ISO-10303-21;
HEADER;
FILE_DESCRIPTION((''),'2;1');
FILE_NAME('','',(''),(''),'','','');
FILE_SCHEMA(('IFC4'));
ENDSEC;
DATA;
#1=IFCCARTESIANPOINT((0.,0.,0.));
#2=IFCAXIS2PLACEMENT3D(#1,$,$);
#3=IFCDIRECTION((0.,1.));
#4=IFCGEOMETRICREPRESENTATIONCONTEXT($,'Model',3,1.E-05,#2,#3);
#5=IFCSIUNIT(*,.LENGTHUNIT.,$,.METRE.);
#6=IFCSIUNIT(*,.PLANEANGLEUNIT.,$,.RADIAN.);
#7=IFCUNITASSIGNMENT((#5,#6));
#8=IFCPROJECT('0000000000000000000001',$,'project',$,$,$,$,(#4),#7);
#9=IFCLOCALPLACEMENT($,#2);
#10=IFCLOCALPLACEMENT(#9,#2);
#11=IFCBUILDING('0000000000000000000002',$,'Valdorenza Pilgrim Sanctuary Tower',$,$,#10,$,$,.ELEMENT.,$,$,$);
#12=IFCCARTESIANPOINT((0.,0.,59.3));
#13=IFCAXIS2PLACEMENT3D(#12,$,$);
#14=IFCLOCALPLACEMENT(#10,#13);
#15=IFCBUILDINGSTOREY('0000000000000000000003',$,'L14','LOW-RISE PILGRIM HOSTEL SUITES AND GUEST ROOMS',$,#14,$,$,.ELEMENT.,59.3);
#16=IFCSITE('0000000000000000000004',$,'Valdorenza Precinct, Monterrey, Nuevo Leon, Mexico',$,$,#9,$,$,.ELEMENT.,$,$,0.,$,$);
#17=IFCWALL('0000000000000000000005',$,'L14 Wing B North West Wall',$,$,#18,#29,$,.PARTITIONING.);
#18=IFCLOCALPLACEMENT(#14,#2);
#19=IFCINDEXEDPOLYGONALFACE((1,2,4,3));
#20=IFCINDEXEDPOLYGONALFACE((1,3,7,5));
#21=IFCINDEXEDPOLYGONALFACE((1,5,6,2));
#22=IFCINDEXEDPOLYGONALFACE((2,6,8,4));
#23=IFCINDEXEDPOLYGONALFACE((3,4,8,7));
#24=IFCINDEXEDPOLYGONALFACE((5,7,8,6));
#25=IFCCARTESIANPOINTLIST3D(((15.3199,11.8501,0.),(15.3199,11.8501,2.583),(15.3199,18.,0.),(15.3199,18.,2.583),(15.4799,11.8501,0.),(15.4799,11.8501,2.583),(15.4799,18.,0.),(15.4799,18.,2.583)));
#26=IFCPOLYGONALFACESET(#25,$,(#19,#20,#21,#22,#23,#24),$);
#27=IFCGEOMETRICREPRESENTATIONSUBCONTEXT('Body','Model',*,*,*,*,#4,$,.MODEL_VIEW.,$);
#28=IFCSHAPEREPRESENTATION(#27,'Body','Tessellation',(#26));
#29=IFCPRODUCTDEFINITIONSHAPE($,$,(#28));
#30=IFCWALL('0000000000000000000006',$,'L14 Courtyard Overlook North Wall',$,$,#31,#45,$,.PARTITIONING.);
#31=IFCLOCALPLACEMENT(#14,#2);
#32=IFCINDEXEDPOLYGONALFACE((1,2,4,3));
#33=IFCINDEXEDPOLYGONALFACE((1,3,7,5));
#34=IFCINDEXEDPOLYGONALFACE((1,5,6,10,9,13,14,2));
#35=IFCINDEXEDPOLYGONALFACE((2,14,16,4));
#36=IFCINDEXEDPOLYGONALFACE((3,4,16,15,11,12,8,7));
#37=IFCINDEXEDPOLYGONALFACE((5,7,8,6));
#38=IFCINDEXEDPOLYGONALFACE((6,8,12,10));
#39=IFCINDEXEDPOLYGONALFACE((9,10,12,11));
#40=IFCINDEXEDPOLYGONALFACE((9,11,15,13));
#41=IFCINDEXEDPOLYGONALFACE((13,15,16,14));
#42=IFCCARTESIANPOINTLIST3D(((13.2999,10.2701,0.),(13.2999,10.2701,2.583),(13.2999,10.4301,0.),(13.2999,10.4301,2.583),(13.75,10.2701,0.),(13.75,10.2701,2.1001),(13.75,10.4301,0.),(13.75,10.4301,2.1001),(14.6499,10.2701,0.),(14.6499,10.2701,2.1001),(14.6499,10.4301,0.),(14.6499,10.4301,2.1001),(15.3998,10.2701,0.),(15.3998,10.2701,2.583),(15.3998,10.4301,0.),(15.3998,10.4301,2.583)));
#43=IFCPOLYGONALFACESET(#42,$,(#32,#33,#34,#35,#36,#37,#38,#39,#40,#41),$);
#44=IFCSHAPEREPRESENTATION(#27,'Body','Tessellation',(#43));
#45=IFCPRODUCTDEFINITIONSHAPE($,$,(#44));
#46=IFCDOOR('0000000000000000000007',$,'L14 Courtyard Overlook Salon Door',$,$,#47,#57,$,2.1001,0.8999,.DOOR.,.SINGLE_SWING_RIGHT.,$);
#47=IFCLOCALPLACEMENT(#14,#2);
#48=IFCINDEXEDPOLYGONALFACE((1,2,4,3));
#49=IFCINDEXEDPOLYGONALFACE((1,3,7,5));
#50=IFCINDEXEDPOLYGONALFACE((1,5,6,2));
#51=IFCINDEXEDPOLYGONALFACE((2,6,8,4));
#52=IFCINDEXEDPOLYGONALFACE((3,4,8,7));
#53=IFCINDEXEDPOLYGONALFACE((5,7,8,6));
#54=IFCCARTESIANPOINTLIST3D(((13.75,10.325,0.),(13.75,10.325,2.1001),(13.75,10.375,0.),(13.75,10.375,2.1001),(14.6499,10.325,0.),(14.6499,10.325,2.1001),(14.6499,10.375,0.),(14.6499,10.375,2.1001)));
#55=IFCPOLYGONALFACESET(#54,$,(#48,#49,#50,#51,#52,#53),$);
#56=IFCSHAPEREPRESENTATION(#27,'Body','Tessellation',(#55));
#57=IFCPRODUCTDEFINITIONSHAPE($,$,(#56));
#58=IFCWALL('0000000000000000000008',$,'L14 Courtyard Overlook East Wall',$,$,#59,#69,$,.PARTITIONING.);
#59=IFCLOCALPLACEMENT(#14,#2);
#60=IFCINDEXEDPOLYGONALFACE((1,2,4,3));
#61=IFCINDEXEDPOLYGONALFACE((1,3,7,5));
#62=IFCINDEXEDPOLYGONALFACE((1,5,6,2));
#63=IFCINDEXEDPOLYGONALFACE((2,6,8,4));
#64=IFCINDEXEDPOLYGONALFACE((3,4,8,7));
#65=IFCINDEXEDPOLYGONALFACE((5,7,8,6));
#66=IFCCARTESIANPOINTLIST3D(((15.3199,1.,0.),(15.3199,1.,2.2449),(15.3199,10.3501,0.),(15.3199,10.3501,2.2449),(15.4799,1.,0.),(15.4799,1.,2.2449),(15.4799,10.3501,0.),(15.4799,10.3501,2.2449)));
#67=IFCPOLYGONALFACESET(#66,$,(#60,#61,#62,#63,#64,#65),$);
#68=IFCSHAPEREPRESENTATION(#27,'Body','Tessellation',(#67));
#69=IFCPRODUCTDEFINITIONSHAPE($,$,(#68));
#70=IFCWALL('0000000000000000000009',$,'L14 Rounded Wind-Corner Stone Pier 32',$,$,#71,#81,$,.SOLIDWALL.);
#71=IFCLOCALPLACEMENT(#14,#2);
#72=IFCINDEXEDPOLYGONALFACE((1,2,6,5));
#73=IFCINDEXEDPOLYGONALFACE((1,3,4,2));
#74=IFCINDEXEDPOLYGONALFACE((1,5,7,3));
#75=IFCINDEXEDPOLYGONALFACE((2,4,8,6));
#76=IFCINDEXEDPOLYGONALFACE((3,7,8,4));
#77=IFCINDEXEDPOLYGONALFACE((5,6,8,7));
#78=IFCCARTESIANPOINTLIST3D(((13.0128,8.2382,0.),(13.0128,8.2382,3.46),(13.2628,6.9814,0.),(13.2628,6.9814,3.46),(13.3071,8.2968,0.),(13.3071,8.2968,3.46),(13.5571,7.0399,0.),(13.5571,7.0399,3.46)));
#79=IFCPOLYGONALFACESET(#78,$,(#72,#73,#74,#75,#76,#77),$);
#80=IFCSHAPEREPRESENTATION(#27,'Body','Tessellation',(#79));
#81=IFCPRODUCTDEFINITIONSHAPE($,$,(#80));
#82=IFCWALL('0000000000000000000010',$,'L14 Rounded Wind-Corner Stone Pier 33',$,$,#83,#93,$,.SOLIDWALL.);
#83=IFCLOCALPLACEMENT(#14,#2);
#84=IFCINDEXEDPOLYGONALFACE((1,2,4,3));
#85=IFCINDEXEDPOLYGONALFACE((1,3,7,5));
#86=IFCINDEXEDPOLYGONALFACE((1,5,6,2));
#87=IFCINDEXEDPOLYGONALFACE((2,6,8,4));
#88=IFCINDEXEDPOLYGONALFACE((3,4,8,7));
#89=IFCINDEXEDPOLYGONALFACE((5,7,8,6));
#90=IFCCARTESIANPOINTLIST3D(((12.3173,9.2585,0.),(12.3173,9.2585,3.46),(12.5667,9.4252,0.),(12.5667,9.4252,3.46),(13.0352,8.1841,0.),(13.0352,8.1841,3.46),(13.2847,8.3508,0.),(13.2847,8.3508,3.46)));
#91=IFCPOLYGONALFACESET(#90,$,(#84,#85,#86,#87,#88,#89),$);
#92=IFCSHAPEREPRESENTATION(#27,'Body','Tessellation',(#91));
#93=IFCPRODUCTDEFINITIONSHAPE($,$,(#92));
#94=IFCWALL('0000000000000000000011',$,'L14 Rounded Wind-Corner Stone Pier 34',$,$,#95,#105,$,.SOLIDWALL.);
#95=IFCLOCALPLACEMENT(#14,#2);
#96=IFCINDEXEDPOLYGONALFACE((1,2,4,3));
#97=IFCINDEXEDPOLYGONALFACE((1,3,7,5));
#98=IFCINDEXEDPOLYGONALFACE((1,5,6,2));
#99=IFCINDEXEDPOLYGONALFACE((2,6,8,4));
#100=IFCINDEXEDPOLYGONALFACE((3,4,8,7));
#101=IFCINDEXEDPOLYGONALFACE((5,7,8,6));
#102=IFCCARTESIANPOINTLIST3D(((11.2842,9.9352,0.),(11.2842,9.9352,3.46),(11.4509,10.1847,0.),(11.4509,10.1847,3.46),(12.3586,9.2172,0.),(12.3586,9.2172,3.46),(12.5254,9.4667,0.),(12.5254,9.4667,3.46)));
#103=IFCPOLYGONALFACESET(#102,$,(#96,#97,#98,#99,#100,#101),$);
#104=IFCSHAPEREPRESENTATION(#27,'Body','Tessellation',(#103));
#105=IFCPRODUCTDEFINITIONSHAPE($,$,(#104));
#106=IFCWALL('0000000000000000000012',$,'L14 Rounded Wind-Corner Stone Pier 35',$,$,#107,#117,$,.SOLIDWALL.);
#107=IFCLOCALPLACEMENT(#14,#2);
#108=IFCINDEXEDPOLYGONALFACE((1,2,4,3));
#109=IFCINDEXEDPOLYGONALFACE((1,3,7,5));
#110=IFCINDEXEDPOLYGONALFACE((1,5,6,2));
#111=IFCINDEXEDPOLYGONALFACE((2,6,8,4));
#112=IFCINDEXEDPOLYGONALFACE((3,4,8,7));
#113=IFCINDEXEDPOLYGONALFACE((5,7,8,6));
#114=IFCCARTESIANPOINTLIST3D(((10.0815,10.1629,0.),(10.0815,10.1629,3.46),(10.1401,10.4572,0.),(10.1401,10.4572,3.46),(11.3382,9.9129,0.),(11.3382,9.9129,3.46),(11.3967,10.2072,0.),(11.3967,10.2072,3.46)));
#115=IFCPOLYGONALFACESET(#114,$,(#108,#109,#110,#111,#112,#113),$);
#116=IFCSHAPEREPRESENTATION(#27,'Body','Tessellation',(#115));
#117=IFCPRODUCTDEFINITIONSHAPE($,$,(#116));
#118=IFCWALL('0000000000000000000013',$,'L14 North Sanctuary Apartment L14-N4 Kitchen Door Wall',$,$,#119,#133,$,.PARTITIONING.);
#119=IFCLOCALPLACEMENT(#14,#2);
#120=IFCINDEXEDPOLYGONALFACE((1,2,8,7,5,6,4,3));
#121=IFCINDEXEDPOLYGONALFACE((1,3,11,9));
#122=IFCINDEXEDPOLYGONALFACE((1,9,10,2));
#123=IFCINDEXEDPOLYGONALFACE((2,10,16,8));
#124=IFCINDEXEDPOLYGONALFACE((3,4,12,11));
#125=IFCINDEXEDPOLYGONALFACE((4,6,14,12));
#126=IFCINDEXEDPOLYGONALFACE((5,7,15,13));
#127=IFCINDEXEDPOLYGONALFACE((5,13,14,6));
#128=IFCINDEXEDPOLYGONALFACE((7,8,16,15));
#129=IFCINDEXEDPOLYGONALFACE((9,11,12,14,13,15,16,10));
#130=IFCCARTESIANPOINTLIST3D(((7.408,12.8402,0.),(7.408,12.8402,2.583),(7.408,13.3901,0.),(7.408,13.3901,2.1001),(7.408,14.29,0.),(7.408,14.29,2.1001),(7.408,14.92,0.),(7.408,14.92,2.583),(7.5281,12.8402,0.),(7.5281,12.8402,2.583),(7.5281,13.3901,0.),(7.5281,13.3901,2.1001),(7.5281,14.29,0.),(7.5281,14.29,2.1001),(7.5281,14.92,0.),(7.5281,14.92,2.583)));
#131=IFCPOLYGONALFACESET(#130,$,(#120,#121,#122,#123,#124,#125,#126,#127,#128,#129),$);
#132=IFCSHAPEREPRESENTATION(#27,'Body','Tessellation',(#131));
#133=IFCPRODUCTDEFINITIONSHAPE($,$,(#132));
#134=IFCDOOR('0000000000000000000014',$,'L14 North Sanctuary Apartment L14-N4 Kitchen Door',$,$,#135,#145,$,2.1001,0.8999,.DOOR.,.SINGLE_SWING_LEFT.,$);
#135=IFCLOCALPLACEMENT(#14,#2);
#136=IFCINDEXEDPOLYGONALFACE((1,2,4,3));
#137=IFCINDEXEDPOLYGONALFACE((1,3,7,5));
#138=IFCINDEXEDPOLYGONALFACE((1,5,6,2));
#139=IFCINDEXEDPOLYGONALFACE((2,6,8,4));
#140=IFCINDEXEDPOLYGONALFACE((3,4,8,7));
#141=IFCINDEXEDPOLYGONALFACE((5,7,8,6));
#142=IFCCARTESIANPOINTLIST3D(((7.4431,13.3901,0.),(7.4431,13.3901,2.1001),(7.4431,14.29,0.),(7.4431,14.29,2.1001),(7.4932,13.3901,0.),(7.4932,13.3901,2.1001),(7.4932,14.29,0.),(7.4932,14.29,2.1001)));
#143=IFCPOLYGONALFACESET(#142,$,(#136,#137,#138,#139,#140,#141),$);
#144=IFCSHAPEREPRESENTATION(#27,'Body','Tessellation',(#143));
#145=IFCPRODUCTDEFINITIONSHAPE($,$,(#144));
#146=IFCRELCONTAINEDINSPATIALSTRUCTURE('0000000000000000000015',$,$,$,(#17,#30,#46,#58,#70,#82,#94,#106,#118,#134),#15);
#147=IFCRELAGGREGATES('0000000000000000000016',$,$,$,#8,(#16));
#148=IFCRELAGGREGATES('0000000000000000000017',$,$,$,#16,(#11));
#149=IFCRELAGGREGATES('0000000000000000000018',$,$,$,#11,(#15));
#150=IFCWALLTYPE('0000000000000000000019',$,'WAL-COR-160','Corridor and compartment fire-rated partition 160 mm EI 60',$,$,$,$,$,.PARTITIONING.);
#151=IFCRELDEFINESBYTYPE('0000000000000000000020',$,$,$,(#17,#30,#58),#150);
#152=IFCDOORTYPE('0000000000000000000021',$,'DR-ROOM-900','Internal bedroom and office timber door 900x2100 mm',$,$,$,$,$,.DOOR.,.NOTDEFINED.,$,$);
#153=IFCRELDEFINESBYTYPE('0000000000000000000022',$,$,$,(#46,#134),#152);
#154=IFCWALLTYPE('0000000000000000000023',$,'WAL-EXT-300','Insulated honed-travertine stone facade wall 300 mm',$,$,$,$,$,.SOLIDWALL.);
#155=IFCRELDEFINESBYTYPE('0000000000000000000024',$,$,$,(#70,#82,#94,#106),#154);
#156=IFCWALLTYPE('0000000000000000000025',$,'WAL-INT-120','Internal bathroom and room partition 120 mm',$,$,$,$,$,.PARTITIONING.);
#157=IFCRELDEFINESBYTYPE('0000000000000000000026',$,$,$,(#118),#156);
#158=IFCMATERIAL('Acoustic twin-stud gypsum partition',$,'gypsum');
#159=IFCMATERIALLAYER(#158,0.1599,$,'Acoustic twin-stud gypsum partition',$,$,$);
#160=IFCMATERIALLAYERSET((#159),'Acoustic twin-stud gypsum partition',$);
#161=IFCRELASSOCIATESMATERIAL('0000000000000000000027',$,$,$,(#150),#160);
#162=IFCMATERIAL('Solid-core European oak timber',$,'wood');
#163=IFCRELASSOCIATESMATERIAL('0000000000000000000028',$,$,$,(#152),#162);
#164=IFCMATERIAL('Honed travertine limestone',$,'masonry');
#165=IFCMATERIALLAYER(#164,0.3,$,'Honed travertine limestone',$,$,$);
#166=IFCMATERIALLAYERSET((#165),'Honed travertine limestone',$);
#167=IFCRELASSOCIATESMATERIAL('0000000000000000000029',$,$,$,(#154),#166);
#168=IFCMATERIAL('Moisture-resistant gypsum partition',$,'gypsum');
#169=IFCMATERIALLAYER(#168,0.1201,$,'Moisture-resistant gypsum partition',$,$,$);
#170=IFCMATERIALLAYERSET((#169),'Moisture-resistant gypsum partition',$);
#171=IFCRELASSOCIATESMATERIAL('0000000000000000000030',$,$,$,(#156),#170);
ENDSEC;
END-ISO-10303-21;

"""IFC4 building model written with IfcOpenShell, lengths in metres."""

from ifc_helpers import new_model, si_unit, direction, frame, frame_2d, origin, place, context, subcontext, project, spatial, rectangle, extrude, material, layer, layer_set, type_object, element, fill, save


model = new_model("IFC4")

# Units and contexts
model_context = context("Model", 3, precision=1e-05, world=origin(), true_north=direction((0.0, 1.0)))
body_context = subcontext(model_context, "Body", "Model", "MODEL_VIEW")
ifc_project = project(units=[si_unit("LENGTHUNIT", "METRE"), si_unit("PLANEANGLEUNIT", "RADIAN")], contexts=[model_context])

# Site, building, storey
site_placement = place(None, origin())
site = spatial("IfcSite", under=ifc_project, at=site_placement, Name="Valdorenza Precinct, Monterrey, Nuevo Leon, Mexico", CompositionType="ELEMENT", RefElevation=0.0)
building_placement = place(site_placement, origin())
building = spatial("IfcBuilding", under=site, at=building_placement, Name="Valdorenza Pilgrim Sanctuary Tower", CompositionType="ELEMENT")
storey_placement = place(building_placement, frame((0.0, 0.0, 59.3)))
storey = spatial("IfcBuildingStorey", under=building, at=storey_placement, Name="L14", Description="LOW-RISE PILGRIM HOSTEL SUITES AND GUEST ROOMS", CompositionType="ELEMENT", Elevation=59.3)

# Shared definitions
ifc_material_1 = material(Name="Honed travertine limestone", Category="masonry")

# Shared definitions
ifc_material_2 = material(Name="Acoustic twin-stud gypsum partition", Category="gypsum")
ifc_layer_1 = layer(ifc_material_2, 0.1599, Name="Acoustic twin-stud gypsum partition")
ifc_layer_set_1 = layer_set([ifc_layer_1], Name="Acoustic twin-stud gypsum partition")
wall_type_1 = type_object("IfcWallType", Name="WAL-COR-160", Description="Corridor and compartment fire-rated partition 160 mm EI 60", PredefinedType="PARTITIONING", material=ifc_layer_set_1)
ifc_material_3 = material(Name="Solid-core European oak timber", Category="wood")
door_type = type_object("IfcDoorType", Name="DR-ROOM-900", Description="Internal bedroom and office timber door 900x2100 mm", OperationType="NOTDEFINED", PredefinedType="DOOR", material=ifc_material_3)

# Wall
wall_1_placement = place(storey_placement, frame((15.3999, 11.8501, 0.0), z_axis=(0.0, 0.0, 1.0), x_axis=(0.0, 1.0, 0.0)))
element("IfcWall", 1, at=wall_1_placement, inside=storey, type_object=wall_type_1, Name="L14 Wing B North West Wall", PredefinedType="PARTITIONING", context=body_context, shape_type="SweptSolid", body=[
    extrude(rectangle(XDim=6.1499, YDim=0.1599, at=frame_2d((3.075, 0.0))), origin(), (0.0, 0.0, 1.0), 2.583),
])

# Wall, opening, door
wall_2_placement = place(storey_placement, frame((13.3, 10.3501, 0.0), z_axis=(0.0, 0.0, 1.0), x_axis=(1.0, 0.0, 0.0)))
wall_2 = element("IfcWall", 2, at=wall_2_placement, inside=storey, type_object=wall_type_1, Name="L14 Courtyard Overlook North Wall", PredefinedType="PARTITIONING", context=body_context, shape_type="SweptSolid", body=[
    extrude(rectangle(XDim=2.0999, YDim=0.1599, at=frame_2d((1.0498, 0.0))), origin(), (0.0, 0.0, 1.0), 2.583),
])
opening_1_placement = place(wall_2_placement, frame((0.45, 0.0, 0.0)))
opening_1 = element("IfcOpeningElement", 3, at=opening_1_placement, cuts=wall_2, PredefinedType="OPENING", context=body_context, shape_type="SweptSolid", body=[
    extrude(rectangle(XDim=0.8999, YDim=2.1001, at=frame_2d((0.45, 1.05))), frame((0.0, 0.0947, 0.0), z_axis=(0.0, -1.0, 0.0), x_axis=(1.0, 0.0, 0.0)), (0.0, 0.0, 1.0), 0.1897),
])
door_1_placement = place(opening_1_placement, origin())
door_1 = element("IfcDoor", 4, at=door_1_placement, inside=storey, type_object=door_type, Name="L14 Courtyard Overlook Salon Door", OperationType="SINGLE_SWING_RIGHT", OverallHeight=2.1001, OverallWidth=0.8999, PredefinedType="DOOR", context=body_context, shape_type="SweptSolid", body=[
    extrude(rectangle(XDim=0.8999, YDim=2.1001, at=frame_2d((0.45, 1.05))), frame((0.0, 0.0249, 0.0), z_axis=(0.0, -1.0, 0.0), x_axis=(1.0, 0.0, 0.0)), (0.0, 0.0, 1.0), 0.05),
])
fill(opening_1, door_1)

# Walls
wall_3_placement = place(storey_placement, frame((15.3999, 1.0, 0.0), z_axis=(0.0, 0.0, 1.0), x_axis=(0.0, 1.0, 0.0)))
element("IfcWall", 5, at=wall_3_placement, inside=storey, type_object=wall_type_1, Name="L14 Courtyard Overlook East Wall", PredefinedType="PARTITIONING", context=body_context, shape_type="SweptSolid", body=[
    extrude(rectangle(XDim=9.3501, YDim=0.1599, at=frame_2d((4.675, 0.0))), origin(), (0.0, 0.0, 1.0), 2.2449),
])
ifc_layer_2 = layer(ifc_material_1, 0.3, Name="Honed travertine limestone")
ifc_layer_set_2 = layer_set([ifc_layer_2], Name="Honed travertine limestone")
wall_type_2 = type_object("IfcWallType", Name="WAL-EXT-300", Description="Insulated honed-travertine stone facade wall 300 mm", PredefinedType="SOLIDWALL", material=ifc_layer_set_2)
wall_4_placement = place(storey_placement, frame((13.4099, 7.0107, 0.0), z_axis=(0.0, 0.0, 1.0), x_axis=(-0.19509, 0.980785, 0.0)))
element("IfcWall", 6, at=wall_4_placement, inside=storey, type_object=wall_type_2, Name="L14 Rounded Wind-Corner Stone Pier 32", PredefinedType="SOLIDWALL", context=body_context, shape_type="SweptSolid", body=[
    extrude(rectangle(XDim=1.2815, YDim=0.3, at=frame_2d((0.6406, 0.0))), origin(), (0.0, 0.0, 1.0), 3.46),
])
for number, where, z_axis, x_axis, name in (
    (7, (13.1599, 8.2676, 0.0), (0.0, 0.0, 1.0), (-0.555615, 0.831439, 0.0), "L14 Rounded Wind-Corner Stone Pier 33"),
    (8, (12.4419, 9.342, 0.0), (0.0, 0.0, 1.0), (-0.831439, 0.555615, 0.0), "L14 Rounded Wind-Corner Stone Pier 34"),
):
    element("IfcWall", number, at=place(storey_placement, frame(where, z_axis=z_axis, x_axis=x_axis)), inside=storey, type_object=wall_type_2, Name=name, PredefinedType="SOLIDWALL", context=body_context, shape_type="SweptSolid", body=[
        extrude(rectangle(XDim=1.2922, YDim=0.3, at=frame_2d((0.646, 0.0))), origin(), (0.0, 0.0, 1.0), 3.46),
    ])
wall_5_placement = place(storey_placement, frame((11.3674, 10.0601, 0.0), z_axis=(0.0, 0.0, 1.0), x_axis=(-0.980778, 0.195127, 0.0)))
element("IfcWall", 9, at=wall_5_placement, inside=storey, type_object=wall_type_2, Name="L14 Rounded Wind-Corner Stone Pier 35", PredefinedType="SOLIDWALL", context=body_context, shape_type="SweptSolid", body=[
    extrude(rectangle(XDim=1.2812, YDim=0.3, at=frame_2d((0.6406, 0.0))), origin(), (0.0, 0.0, 1.0), 3.46),
])

# Wall, opening, door
ifc_material_4 = material(Name="Moisture-resistant gypsum partition", Category="gypsum")
ifc_layer_3 = layer(ifc_material_4, 0.1201, Name="Moisture-resistant gypsum partition")
ifc_layer_set_3 = layer_set([ifc_layer_3], Name="Moisture-resistant gypsum partition")
wall_type_3 = type_object("IfcWallType", Name="WAL-INT-120", Description="Internal bathroom and room partition 120 mm", PredefinedType="PARTITIONING", material=ifc_layer_set_3)
wall_6_placement = place(storey_placement, frame((7.468, 12.8401, 0.0), z_axis=(0.0, 0.0, 1.0), x_axis=(0.0, 1.0, 0.0)))
wall_6 = element("IfcWall", 10, at=wall_6_placement, inside=storey, type_object=wall_type_3, Name="L14 North Sanctuary Apartment L14-N4 Kitchen Door Wall", PredefinedType="PARTITIONING", context=body_context, shape_type="SweptSolid", body=[
    extrude(rectangle(XDim=2.0798, YDim=0.1201, at=frame_2d((1.04, 0.0))), origin(), (0.0, 0.0, 1.0), 2.583),
])
opening_2_placement = place(wall_6_placement, frame((0.55, 0.0, 0.0)))
opening_2 = element("IfcOpeningElement", 11, at=opening_2_placement, cuts=wall_6, PredefinedType="OPENING", context=body_context, shape_type="SweptSolid", body=[
    extrude(rectangle(XDim=0.8999, YDim=2.1001, at=frame_2d((0.45, 1.05))), frame((0.0, 0.075, 0.0), z_axis=(0.0, -1.0, 0.0), x_axis=(1.0, 0.0, 0.0)), (0.0, 0.0, 1.0), 0.1499),
])
door_2_placement = place(opening_2_placement, origin())
door_2 = element("IfcDoor", 12, at=door_2_placement, inside=storey, type_object=door_type, Name="L14 North Sanctuary Apartment L14-N4 Kitchen Door", OperationType="SINGLE_SWING_LEFT", OverallHeight=2.1001, OverallWidth=0.8999, PredefinedType="DOOR", context=body_context, shape_type="SweptSolid", body=[
    extrude(rectangle(XDim=0.8999, YDim=2.1001, at=frame_2d((0.45, 1.05))), frame((0.0, 0.0249, 0.0), z_axis=(0.0, -1.0, 0.0), x_axis=(1.0, 0.0, 0.0)), (0.0, 0.0, 1.0), 0.05),
])
fill(opening_2, door_2)

save(model, "model.ifc")
